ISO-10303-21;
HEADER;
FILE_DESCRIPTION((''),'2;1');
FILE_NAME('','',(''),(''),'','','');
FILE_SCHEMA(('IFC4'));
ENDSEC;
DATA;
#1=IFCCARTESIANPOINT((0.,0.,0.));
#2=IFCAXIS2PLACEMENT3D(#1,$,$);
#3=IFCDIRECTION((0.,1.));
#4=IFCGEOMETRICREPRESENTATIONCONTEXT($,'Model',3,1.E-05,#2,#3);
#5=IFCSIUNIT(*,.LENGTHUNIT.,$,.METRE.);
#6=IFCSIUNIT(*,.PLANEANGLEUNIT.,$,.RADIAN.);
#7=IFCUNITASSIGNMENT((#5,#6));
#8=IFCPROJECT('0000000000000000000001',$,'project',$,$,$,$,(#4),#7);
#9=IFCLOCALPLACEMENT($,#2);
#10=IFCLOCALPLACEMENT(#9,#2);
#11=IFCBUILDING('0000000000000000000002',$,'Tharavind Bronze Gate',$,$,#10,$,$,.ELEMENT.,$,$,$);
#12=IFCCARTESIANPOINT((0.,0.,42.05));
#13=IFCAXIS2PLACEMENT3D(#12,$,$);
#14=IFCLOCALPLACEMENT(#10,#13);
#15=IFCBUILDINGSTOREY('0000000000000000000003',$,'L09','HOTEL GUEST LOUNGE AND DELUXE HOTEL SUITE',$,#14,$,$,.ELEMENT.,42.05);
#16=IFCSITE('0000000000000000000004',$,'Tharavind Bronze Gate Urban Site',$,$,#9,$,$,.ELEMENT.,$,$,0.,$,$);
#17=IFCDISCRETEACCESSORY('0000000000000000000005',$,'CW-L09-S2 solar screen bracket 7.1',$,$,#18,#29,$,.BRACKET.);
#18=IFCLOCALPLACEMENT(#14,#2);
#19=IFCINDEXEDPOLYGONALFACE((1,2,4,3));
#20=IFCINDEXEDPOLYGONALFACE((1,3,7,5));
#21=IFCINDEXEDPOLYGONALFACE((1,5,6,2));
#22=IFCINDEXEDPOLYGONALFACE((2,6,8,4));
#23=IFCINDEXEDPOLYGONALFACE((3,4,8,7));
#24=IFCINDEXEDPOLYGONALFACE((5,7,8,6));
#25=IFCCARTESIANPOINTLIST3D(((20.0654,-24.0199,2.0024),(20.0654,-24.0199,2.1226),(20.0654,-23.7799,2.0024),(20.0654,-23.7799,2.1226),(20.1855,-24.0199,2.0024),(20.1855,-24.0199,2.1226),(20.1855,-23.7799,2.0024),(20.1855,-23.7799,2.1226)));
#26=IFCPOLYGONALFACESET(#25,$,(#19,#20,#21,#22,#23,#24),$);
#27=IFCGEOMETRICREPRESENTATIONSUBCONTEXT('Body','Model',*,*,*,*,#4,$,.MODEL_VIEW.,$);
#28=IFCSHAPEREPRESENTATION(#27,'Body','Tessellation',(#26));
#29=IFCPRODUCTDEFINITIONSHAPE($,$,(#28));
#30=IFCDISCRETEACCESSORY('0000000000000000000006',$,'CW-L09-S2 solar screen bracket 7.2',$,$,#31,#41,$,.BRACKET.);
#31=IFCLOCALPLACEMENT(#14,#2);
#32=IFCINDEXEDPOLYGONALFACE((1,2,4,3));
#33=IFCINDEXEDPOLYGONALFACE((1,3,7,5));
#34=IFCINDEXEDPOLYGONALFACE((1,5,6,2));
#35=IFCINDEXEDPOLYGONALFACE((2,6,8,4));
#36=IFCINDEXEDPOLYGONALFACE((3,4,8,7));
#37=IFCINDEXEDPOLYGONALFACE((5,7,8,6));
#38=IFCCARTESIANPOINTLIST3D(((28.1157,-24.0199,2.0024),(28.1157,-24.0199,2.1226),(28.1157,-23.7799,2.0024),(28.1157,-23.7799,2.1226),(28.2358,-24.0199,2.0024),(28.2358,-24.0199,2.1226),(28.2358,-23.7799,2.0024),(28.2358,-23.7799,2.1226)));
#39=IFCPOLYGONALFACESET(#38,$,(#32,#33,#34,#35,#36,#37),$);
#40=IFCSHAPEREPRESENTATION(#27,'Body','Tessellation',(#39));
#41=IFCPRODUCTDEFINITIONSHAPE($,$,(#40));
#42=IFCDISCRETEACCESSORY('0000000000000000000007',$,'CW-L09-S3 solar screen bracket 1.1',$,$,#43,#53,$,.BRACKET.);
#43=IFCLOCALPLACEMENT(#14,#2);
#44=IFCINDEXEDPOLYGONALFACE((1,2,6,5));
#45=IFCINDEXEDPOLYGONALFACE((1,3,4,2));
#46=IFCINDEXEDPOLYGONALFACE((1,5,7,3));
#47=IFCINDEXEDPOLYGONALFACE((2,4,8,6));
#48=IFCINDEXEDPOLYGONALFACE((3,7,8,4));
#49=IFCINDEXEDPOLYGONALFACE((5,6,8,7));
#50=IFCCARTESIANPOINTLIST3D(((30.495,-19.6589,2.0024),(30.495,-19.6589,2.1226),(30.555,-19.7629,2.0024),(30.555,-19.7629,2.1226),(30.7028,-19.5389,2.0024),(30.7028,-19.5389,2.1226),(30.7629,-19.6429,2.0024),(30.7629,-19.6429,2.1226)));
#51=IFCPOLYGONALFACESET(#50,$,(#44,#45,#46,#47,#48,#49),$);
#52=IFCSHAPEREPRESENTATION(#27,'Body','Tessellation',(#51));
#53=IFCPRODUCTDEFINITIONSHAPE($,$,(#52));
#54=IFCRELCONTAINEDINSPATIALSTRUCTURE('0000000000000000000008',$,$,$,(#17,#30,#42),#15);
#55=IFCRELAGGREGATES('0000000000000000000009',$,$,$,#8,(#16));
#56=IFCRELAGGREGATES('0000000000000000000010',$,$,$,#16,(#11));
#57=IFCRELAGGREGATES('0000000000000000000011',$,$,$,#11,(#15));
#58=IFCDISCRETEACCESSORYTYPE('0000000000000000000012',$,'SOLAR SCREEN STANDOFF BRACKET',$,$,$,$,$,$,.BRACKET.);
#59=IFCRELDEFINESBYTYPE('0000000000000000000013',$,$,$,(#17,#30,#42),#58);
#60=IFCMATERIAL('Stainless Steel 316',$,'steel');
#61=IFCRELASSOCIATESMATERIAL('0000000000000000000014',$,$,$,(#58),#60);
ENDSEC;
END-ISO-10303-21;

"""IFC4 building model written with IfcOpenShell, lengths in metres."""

from ifc_helpers import new_model, si_unit, direction, frame, origin, origin_2d, place, context, subcontext, project, spatial, rectangle, extrude, material, type_object, element, save


model = new_model("IFC4")

# Units and contexts
model_context = context("Model", 3, precision=1e-05, world=origin(), true_north=direction((0.0, 1.0)))
body_context = subcontext(model_context, "Body", "Model", "MODEL_VIEW")
ifc_project = project(units=[si_unit("LENGTHUNIT", "METRE"), si_unit("PLANEANGLEUNIT", "RADIAN")], contexts=[model_context])

# Site, building, storey
site_placement = place(None, origin())
site = spatial("IfcSite", under=ifc_project, at=site_placement, Name="Tharavind Bronze Gate Urban Site", CompositionType="ELEMENT", RefElevation=0.0)
building_placement = place(site_placement, origin())
building = spatial("IfcBuilding", under=site, at=building_placement, Name="Tharavind Bronze Gate", CompositionType="ELEMENT")
storey_placement = place(building_placement, frame((0.0, 0.0, 42.05)))
storey = spatial("IfcBuildingStorey", under=building, at=storey_placement, Name="L09", Description="HOTEL GUEST LOUNGE AND DELUXE HOTEL SUITE", CompositionType="ELEMENT", Elevation=42.05)

# Discrete accessories
ifc_material_1 = material(Name="Stainless Steel 316", Category="steel")
discrete_accessory_type = type_object("IfcDiscreteAccessoryType", Name="SOLAR SCREEN STANDOFF BRACKET", PredefinedType="BRACKET", material=ifc_material_1)
for number, where, z_axis, x_axis, name in (
    (1, (20.1255, -23.8999, 2.0024), (0.0, 0.0, 1.0), (1.0, 0.0, 0.0), "CW-L09-S2 solar screen bracket 7.1"),
    (2, (28.1758, -23.8999, 2.0024), (0.0, 0.0, 1.0), (1.0, 0.0, 0.0), "CW-L09-S2 solar screen bracket 7.2"),
    (3, (30.6289, -19.6509, 2.0024), (0.0, 0.0, 1.0), (-0.500002, 0.866025, 0.0), "CW-L09-S3 solar screen bracket 1.1"),
):
    element("IfcDiscreteAccessory", number, at=place(storey_placement, frame(where, z_axis=z_axis, x_axis=x_axis)), inside=storey, type_object=discrete_accessory_type, Name=name, PredefinedType="BRACKET", context=body_context, shape_type="SweptSolid", body=[
        extrude(rectangle(XDim=0.1201, YDim=0.24, at=origin_2d()), origin(), (0.0, 0.0, 1.0), 0.1201),
    ])

save(model, "model.ifc")
